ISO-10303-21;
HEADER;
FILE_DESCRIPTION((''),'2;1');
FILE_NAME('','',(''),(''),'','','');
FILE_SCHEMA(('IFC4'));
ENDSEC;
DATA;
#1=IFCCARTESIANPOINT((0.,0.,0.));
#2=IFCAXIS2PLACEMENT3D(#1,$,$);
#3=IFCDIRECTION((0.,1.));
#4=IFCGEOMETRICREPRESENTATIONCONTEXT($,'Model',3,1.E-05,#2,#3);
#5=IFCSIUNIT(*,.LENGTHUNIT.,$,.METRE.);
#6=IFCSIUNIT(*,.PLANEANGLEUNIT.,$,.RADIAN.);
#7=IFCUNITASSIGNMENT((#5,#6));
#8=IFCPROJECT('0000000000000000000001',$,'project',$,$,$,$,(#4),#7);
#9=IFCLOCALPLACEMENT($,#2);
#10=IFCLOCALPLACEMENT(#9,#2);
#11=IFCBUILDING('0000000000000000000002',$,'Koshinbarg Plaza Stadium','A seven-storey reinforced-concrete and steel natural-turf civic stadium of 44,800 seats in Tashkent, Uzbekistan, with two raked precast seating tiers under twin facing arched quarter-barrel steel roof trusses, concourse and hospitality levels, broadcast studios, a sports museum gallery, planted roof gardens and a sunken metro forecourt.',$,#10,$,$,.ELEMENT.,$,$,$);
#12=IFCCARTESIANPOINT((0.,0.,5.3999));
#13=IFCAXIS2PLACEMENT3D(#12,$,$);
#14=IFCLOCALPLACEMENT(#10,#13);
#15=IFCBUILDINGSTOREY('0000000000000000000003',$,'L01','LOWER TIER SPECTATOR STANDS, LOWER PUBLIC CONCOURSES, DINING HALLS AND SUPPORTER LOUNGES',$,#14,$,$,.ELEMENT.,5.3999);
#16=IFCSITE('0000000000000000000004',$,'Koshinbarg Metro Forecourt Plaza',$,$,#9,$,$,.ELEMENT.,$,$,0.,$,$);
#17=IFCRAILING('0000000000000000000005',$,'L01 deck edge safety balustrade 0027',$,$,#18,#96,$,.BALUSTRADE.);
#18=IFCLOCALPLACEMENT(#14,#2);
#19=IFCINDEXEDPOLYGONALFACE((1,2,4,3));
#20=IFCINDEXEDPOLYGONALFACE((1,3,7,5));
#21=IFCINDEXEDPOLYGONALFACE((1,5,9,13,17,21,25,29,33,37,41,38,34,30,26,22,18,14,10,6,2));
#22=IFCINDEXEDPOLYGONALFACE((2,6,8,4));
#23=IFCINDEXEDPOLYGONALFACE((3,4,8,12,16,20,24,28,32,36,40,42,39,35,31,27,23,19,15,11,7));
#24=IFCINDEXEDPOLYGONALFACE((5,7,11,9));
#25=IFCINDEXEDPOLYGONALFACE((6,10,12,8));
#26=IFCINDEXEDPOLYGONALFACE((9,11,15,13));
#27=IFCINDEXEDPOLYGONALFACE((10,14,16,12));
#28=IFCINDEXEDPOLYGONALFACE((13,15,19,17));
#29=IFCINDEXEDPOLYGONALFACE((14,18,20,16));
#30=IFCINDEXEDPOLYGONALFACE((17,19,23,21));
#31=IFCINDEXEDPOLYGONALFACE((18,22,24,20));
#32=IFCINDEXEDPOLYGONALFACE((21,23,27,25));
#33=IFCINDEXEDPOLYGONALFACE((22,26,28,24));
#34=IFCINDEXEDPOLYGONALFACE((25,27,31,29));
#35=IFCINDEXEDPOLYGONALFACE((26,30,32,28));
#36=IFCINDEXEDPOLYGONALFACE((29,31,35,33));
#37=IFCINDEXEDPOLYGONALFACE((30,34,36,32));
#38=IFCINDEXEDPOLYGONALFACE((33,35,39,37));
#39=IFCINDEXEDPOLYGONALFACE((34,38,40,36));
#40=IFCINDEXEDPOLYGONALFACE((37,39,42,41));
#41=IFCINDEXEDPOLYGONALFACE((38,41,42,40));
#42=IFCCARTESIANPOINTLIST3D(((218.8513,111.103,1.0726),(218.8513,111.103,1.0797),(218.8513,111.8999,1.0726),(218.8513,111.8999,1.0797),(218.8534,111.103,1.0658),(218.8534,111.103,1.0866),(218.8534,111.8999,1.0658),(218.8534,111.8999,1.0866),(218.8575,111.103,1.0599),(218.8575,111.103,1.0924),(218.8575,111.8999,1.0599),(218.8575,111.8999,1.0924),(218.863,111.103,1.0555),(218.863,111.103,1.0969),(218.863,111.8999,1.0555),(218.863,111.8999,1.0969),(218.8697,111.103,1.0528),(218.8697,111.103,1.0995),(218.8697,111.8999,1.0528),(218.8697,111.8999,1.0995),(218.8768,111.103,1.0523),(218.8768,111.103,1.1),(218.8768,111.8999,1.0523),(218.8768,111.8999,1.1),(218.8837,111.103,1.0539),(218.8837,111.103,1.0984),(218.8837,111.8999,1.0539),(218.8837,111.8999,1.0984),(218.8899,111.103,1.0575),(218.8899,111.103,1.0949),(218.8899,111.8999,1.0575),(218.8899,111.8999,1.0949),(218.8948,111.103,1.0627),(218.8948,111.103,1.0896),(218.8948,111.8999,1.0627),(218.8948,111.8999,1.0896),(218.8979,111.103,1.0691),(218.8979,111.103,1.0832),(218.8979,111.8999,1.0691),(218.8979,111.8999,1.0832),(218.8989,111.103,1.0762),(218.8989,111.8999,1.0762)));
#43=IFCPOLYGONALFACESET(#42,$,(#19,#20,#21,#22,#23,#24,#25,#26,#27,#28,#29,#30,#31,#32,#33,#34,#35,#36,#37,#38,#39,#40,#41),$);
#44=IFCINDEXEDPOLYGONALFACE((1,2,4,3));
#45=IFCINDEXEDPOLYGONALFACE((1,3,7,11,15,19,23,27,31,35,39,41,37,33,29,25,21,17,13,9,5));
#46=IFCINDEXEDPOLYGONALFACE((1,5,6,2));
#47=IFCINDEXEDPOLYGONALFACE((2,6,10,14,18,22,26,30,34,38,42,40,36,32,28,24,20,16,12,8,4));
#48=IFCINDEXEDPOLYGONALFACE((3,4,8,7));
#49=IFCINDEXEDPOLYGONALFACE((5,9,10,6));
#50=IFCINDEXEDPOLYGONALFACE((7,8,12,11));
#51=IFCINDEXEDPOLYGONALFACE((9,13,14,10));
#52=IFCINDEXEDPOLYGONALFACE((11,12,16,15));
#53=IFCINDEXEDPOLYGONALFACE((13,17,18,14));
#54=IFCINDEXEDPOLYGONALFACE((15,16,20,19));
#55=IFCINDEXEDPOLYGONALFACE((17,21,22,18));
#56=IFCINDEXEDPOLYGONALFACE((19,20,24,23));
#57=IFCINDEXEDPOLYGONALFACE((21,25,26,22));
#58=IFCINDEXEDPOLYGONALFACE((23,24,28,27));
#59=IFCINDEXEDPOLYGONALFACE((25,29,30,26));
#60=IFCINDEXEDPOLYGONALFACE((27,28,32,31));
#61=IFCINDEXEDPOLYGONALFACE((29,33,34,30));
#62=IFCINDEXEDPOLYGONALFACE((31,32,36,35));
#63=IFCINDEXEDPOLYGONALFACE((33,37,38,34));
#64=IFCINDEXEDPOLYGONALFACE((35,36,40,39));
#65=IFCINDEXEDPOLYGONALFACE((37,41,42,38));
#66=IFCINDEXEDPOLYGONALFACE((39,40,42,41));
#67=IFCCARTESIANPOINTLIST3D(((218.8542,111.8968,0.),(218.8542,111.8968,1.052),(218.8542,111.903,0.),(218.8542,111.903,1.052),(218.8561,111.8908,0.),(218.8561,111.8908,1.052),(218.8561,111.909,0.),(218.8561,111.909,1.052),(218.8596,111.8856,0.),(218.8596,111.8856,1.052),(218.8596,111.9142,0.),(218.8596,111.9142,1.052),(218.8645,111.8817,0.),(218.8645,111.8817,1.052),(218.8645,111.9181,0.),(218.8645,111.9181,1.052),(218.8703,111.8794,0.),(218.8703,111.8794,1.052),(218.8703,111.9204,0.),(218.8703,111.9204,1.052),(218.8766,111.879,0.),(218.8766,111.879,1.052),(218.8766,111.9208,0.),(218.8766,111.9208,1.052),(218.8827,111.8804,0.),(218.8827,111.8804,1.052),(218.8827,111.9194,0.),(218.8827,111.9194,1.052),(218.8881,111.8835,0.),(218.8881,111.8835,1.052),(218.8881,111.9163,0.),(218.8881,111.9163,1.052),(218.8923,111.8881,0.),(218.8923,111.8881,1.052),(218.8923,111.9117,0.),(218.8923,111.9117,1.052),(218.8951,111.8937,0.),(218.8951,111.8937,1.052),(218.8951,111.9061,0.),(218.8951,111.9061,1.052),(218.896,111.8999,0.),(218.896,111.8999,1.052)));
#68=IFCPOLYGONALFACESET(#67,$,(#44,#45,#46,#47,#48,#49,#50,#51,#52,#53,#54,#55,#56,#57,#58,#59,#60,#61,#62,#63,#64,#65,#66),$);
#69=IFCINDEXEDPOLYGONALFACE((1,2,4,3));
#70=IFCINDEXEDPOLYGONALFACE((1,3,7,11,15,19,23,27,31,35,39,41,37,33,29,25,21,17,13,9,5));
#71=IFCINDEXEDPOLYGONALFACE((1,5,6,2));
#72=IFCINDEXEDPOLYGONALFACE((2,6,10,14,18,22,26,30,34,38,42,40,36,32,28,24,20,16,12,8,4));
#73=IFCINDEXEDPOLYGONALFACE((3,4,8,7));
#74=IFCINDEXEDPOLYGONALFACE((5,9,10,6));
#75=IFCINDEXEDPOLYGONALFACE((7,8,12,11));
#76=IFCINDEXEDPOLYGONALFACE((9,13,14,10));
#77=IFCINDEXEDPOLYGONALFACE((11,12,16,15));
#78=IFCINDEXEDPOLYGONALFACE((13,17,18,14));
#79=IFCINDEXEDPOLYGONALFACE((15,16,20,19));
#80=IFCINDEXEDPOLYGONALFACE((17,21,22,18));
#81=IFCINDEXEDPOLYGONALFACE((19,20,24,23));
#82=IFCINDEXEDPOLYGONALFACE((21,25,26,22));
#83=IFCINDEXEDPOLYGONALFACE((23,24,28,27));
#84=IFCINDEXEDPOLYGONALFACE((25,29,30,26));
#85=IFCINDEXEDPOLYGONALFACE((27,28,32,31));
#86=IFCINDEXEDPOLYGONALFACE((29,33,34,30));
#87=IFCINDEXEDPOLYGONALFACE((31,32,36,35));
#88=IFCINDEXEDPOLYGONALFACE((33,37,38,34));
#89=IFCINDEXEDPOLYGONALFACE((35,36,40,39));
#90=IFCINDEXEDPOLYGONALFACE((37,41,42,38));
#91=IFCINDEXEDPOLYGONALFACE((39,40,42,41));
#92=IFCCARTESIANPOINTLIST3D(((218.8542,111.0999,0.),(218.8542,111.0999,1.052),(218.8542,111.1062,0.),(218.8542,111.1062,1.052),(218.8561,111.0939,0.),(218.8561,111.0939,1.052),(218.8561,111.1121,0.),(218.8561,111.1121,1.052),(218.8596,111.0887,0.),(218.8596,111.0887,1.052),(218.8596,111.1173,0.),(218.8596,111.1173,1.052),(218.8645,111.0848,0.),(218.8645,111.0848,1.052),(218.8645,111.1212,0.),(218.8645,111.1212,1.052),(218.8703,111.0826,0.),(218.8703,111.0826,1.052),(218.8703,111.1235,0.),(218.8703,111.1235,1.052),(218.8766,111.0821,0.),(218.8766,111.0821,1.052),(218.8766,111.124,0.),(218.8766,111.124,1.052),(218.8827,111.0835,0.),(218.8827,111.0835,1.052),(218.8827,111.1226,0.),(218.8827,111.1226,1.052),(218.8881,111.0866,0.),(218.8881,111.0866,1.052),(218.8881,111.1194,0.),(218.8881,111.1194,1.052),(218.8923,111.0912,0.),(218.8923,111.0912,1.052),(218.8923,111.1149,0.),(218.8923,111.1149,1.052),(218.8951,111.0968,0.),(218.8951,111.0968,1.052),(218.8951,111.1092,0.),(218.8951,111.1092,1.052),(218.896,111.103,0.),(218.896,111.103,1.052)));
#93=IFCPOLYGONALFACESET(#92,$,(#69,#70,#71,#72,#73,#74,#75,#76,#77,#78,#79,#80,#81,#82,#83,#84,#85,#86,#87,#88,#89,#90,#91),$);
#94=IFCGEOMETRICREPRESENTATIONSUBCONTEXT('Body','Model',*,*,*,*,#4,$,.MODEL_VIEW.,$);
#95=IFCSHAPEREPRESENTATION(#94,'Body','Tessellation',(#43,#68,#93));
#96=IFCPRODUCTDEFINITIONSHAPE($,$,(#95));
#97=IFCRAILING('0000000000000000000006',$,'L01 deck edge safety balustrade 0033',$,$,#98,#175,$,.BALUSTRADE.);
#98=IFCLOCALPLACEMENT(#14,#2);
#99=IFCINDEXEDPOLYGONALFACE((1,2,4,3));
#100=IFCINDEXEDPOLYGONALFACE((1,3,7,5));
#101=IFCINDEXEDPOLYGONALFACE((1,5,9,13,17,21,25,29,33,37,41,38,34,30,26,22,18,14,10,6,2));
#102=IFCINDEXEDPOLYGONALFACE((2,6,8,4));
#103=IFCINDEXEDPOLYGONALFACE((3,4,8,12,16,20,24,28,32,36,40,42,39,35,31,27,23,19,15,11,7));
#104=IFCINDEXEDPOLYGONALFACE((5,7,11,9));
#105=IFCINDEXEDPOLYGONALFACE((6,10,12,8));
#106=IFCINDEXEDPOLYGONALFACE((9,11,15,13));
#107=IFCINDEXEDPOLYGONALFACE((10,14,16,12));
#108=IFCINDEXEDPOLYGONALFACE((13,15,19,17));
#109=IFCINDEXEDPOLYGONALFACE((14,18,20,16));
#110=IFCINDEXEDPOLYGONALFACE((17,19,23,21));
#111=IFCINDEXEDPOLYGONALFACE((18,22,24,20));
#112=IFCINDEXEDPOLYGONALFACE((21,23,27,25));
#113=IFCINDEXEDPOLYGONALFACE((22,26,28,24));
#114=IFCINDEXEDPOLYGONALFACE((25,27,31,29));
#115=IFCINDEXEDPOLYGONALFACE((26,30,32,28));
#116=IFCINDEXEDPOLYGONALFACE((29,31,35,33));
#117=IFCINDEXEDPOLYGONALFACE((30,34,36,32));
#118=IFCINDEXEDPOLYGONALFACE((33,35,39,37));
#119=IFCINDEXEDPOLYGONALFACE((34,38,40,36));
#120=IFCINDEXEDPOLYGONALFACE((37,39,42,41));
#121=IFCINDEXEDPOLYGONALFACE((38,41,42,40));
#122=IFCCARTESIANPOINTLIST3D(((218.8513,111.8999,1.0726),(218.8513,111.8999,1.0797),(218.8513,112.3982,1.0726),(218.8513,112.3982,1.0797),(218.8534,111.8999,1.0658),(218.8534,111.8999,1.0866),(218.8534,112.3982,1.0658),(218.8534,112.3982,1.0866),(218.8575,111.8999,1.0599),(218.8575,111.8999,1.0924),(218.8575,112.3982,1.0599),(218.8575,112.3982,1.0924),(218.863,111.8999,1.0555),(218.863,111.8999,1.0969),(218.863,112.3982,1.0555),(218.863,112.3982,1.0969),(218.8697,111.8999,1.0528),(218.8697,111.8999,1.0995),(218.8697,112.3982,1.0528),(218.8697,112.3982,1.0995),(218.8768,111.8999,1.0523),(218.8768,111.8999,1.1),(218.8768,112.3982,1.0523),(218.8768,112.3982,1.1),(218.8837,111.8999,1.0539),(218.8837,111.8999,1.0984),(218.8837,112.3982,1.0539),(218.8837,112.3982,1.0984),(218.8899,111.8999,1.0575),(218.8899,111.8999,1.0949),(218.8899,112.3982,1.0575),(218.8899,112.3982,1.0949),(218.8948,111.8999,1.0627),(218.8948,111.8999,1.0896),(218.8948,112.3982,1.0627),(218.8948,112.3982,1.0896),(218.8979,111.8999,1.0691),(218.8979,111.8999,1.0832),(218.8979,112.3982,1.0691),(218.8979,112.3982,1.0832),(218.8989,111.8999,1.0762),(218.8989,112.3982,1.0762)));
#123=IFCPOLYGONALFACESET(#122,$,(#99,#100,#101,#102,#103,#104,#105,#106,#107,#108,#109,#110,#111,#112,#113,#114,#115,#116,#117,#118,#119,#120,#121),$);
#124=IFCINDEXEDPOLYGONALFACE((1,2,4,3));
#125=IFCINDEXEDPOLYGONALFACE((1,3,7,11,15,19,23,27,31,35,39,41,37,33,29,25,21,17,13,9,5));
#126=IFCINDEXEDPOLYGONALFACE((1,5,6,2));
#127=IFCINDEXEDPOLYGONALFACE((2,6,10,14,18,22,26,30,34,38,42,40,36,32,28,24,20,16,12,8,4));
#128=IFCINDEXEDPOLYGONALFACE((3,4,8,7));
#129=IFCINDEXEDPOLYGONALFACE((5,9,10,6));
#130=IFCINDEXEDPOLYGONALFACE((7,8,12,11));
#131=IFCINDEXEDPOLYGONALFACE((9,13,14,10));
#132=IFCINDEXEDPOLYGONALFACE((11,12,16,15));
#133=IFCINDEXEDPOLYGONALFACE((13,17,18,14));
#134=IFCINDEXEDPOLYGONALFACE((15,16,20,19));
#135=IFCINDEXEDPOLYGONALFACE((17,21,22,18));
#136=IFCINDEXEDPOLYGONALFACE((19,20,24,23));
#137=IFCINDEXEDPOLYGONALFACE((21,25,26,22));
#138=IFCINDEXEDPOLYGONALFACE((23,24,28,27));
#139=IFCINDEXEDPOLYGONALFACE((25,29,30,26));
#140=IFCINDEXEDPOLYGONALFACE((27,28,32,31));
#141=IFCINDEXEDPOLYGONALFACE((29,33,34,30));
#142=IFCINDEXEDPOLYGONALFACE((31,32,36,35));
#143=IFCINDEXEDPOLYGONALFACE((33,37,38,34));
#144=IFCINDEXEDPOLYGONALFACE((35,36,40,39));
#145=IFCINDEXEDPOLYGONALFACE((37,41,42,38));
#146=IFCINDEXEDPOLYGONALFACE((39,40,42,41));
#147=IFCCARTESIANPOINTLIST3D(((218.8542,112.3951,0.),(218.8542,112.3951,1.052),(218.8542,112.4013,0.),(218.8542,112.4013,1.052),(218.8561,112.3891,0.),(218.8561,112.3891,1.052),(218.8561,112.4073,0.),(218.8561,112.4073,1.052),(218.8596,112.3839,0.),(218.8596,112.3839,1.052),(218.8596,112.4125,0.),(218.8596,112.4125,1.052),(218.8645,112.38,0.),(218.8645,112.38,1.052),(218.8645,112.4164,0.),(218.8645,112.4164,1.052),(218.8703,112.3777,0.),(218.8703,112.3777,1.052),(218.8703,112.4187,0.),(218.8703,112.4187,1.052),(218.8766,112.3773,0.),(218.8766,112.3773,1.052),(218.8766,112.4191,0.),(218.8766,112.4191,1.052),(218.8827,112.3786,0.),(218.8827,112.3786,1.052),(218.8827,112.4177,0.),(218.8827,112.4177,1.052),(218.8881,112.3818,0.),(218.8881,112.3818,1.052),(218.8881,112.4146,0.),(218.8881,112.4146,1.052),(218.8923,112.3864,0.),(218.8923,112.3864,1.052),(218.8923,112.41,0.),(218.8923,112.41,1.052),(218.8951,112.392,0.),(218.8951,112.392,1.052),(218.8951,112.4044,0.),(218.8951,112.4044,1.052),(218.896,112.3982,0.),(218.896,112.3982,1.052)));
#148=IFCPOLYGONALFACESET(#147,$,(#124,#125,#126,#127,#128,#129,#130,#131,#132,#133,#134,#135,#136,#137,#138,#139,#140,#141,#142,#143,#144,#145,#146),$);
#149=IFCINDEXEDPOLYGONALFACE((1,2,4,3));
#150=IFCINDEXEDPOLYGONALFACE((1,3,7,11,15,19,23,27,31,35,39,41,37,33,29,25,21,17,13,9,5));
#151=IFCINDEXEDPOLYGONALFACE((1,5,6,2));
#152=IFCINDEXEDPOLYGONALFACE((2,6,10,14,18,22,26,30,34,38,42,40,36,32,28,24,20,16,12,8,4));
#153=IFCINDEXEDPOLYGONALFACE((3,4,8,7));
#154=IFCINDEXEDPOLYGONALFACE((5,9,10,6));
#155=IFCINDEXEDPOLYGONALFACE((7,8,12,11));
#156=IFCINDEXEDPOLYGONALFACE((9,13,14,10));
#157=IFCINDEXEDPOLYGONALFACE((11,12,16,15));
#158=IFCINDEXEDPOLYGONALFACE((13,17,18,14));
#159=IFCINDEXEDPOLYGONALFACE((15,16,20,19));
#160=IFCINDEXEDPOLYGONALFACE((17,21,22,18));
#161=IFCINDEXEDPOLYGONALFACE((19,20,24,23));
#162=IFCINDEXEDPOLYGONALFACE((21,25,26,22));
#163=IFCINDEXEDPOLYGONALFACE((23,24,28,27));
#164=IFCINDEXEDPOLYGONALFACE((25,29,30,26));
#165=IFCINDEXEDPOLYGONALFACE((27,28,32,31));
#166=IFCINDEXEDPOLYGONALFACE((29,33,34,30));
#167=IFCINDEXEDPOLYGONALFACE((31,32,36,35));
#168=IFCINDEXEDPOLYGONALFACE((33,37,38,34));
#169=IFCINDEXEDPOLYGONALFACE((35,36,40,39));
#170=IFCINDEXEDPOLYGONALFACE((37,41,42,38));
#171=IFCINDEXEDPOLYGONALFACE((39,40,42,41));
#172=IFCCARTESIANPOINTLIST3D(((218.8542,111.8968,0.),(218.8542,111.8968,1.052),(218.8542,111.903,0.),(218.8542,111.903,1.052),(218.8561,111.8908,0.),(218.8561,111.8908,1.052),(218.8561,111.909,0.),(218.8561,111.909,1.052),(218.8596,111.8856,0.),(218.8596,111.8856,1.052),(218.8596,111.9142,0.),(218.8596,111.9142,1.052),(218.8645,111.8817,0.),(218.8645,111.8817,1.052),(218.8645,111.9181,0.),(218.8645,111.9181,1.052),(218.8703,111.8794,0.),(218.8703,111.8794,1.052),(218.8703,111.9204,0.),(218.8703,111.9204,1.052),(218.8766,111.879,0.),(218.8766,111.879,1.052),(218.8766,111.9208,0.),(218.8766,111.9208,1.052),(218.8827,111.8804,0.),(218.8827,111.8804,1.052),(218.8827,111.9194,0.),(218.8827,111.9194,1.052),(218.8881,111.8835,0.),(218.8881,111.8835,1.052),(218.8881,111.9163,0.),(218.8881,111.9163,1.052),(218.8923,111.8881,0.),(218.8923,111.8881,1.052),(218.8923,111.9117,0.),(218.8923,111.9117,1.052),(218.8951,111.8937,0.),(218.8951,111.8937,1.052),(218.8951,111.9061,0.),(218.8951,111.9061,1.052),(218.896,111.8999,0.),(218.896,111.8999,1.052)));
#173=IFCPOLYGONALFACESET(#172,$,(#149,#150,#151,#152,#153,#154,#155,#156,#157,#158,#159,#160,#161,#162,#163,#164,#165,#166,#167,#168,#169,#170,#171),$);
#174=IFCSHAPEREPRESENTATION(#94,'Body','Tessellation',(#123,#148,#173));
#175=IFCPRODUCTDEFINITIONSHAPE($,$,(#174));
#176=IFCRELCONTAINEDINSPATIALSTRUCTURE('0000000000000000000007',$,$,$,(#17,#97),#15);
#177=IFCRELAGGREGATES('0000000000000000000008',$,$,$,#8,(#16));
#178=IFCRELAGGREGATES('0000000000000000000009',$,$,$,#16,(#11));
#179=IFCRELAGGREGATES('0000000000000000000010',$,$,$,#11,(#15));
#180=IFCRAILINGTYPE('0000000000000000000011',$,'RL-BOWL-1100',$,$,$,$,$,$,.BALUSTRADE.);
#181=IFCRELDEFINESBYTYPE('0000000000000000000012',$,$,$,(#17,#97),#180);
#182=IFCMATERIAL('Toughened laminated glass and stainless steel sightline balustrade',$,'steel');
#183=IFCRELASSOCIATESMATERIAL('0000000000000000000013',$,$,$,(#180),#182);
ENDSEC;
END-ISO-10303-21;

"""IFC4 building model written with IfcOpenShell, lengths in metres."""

from ifc_helpers import new_model, si_unit, direction, frame, origin, origin_2d, place, context, subcontext, project, spatial, circle, extrude, material, type_object, element, save


model = new_model("IFC4")

# Units and contexts
model_context = context("Model", 3, precision=1e-05, world=origin(), true_north=direction((0.0, 1.0)))
body_context = subcontext(model_context, "Body", "Model", "MODEL_VIEW")
ifc_project = project(units=[si_unit("LENGTHUNIT", "METRE"), si_unit("PLANEANGLEUNIT", "RADIAN")], contexts=[model_context])

# Site, building, storey
site_placement = place(None, origin())
site = spatial("IfcSite", under=ifc_project, at=site_placement, Name="Koshinbarg Metro Forecourt Plaza", CompositionType="ELEMENT", RefElevation=0.0)
building_placement = place(site_placement, origin())
building = spatial("IfcBuilding", under=site, at=building_placement, Name="Koshinbarg Plaza Stadium", Description="A seven-storey reinforced-concrete and steel natural-turf civic stadium of 44,800 seats in Tashkent, Uzbekistan, with two raked precast seating tiers under twin facing arched quarter-barrel steel roof trusses, concourse and hospitality levels, broadcast studios, a sports museum gallery, planted roof gardens and a sunken metro forecourt.", CompositionType="ELEMENT")
storey_placement = place(building_placement, frame((0.0, 0.0, 5.3999)))
storey = spatial("IfcBuildingStorey", under=building, at=storey_placement, Name="L01", Description="LOWER TIER SPECTATOR STANDS, LOWER PUBLIC CONCOURSES, DINING HALLS AND SUPPORTER LOUNGES", CompositionType="ELEMENT", Elevation=5.3999)

# Railings
ifc_material_1 = material(Name="Toughened laminated glass and stainless steel sightline balustrade", Category="steel")
railing_type = type_object("IfcRailingType", Name="RL-BOWL-1100", PredefinedType="BALUSTRADE", material=ifc_material_1)
railing_1_placement = place(storey_placement, frame((218.875, 111.8999, 0.0)))
element("IfcRailing", 1, at=railing_1_placement, inside=storey, type_object=railing_type, Name="L01 deck edge safety balustrade 0027", PredefinedType="BALUSTRADE", context=body_context, shape_type="SweptSolid", body=[
    extrude(circle(Radius=0.0239, at=origin_2d()), frame((0.0, 0.0, 1.0762), z_axis=(0.0, -1.0, 0.0), x_axis=(1.0, 0.0, 0.0)), (0.0, 0.0, 1.0), 0.7969),
    extrude(circle(Radius=0.021, at=origin_2d()), origin(), (0.0, 0.0, 1.0), 1.052),
    extrude(circle(Radius=0.021, at=origin_2d()), frame((0.0, -0.7969, 0.0)), (0.0, 0.0, 1.0), 1.052),
])
railing_2_placement = place(storey_placement, frame((218.875, 112.3982, 0.0)))
element("IfcRailing", 2, at=railing_2_placement, inside=storey, type_object=railing_type, Name="L01 deck edge safety balustrade 0033", PredefinedType="BALUSTRADE", context=body_context, shape_type="SweptSolid", body=[
    extrude(circle(Radius=0.0239, at=origin_2d()), frame((0.0, 0.0, 1.0762), z_axis=(0.0, -1.0, 0.0), x_axis=(1.0, 0.0, 0.0)), (0.0, 0.0, 1.0), 0.4983),
    extrude(circle(Radius=0.021, at=origin_2d()), origin(), (0.0, 0.0, 1.0), 1.052),
    extrude(circle(Radius=0.021, at=origin_2d()), frame((0.0, -0.4983, 0.0)), (0.0, 0.0, 1.0), 1.052),
])

save(model, "model.ifc")
